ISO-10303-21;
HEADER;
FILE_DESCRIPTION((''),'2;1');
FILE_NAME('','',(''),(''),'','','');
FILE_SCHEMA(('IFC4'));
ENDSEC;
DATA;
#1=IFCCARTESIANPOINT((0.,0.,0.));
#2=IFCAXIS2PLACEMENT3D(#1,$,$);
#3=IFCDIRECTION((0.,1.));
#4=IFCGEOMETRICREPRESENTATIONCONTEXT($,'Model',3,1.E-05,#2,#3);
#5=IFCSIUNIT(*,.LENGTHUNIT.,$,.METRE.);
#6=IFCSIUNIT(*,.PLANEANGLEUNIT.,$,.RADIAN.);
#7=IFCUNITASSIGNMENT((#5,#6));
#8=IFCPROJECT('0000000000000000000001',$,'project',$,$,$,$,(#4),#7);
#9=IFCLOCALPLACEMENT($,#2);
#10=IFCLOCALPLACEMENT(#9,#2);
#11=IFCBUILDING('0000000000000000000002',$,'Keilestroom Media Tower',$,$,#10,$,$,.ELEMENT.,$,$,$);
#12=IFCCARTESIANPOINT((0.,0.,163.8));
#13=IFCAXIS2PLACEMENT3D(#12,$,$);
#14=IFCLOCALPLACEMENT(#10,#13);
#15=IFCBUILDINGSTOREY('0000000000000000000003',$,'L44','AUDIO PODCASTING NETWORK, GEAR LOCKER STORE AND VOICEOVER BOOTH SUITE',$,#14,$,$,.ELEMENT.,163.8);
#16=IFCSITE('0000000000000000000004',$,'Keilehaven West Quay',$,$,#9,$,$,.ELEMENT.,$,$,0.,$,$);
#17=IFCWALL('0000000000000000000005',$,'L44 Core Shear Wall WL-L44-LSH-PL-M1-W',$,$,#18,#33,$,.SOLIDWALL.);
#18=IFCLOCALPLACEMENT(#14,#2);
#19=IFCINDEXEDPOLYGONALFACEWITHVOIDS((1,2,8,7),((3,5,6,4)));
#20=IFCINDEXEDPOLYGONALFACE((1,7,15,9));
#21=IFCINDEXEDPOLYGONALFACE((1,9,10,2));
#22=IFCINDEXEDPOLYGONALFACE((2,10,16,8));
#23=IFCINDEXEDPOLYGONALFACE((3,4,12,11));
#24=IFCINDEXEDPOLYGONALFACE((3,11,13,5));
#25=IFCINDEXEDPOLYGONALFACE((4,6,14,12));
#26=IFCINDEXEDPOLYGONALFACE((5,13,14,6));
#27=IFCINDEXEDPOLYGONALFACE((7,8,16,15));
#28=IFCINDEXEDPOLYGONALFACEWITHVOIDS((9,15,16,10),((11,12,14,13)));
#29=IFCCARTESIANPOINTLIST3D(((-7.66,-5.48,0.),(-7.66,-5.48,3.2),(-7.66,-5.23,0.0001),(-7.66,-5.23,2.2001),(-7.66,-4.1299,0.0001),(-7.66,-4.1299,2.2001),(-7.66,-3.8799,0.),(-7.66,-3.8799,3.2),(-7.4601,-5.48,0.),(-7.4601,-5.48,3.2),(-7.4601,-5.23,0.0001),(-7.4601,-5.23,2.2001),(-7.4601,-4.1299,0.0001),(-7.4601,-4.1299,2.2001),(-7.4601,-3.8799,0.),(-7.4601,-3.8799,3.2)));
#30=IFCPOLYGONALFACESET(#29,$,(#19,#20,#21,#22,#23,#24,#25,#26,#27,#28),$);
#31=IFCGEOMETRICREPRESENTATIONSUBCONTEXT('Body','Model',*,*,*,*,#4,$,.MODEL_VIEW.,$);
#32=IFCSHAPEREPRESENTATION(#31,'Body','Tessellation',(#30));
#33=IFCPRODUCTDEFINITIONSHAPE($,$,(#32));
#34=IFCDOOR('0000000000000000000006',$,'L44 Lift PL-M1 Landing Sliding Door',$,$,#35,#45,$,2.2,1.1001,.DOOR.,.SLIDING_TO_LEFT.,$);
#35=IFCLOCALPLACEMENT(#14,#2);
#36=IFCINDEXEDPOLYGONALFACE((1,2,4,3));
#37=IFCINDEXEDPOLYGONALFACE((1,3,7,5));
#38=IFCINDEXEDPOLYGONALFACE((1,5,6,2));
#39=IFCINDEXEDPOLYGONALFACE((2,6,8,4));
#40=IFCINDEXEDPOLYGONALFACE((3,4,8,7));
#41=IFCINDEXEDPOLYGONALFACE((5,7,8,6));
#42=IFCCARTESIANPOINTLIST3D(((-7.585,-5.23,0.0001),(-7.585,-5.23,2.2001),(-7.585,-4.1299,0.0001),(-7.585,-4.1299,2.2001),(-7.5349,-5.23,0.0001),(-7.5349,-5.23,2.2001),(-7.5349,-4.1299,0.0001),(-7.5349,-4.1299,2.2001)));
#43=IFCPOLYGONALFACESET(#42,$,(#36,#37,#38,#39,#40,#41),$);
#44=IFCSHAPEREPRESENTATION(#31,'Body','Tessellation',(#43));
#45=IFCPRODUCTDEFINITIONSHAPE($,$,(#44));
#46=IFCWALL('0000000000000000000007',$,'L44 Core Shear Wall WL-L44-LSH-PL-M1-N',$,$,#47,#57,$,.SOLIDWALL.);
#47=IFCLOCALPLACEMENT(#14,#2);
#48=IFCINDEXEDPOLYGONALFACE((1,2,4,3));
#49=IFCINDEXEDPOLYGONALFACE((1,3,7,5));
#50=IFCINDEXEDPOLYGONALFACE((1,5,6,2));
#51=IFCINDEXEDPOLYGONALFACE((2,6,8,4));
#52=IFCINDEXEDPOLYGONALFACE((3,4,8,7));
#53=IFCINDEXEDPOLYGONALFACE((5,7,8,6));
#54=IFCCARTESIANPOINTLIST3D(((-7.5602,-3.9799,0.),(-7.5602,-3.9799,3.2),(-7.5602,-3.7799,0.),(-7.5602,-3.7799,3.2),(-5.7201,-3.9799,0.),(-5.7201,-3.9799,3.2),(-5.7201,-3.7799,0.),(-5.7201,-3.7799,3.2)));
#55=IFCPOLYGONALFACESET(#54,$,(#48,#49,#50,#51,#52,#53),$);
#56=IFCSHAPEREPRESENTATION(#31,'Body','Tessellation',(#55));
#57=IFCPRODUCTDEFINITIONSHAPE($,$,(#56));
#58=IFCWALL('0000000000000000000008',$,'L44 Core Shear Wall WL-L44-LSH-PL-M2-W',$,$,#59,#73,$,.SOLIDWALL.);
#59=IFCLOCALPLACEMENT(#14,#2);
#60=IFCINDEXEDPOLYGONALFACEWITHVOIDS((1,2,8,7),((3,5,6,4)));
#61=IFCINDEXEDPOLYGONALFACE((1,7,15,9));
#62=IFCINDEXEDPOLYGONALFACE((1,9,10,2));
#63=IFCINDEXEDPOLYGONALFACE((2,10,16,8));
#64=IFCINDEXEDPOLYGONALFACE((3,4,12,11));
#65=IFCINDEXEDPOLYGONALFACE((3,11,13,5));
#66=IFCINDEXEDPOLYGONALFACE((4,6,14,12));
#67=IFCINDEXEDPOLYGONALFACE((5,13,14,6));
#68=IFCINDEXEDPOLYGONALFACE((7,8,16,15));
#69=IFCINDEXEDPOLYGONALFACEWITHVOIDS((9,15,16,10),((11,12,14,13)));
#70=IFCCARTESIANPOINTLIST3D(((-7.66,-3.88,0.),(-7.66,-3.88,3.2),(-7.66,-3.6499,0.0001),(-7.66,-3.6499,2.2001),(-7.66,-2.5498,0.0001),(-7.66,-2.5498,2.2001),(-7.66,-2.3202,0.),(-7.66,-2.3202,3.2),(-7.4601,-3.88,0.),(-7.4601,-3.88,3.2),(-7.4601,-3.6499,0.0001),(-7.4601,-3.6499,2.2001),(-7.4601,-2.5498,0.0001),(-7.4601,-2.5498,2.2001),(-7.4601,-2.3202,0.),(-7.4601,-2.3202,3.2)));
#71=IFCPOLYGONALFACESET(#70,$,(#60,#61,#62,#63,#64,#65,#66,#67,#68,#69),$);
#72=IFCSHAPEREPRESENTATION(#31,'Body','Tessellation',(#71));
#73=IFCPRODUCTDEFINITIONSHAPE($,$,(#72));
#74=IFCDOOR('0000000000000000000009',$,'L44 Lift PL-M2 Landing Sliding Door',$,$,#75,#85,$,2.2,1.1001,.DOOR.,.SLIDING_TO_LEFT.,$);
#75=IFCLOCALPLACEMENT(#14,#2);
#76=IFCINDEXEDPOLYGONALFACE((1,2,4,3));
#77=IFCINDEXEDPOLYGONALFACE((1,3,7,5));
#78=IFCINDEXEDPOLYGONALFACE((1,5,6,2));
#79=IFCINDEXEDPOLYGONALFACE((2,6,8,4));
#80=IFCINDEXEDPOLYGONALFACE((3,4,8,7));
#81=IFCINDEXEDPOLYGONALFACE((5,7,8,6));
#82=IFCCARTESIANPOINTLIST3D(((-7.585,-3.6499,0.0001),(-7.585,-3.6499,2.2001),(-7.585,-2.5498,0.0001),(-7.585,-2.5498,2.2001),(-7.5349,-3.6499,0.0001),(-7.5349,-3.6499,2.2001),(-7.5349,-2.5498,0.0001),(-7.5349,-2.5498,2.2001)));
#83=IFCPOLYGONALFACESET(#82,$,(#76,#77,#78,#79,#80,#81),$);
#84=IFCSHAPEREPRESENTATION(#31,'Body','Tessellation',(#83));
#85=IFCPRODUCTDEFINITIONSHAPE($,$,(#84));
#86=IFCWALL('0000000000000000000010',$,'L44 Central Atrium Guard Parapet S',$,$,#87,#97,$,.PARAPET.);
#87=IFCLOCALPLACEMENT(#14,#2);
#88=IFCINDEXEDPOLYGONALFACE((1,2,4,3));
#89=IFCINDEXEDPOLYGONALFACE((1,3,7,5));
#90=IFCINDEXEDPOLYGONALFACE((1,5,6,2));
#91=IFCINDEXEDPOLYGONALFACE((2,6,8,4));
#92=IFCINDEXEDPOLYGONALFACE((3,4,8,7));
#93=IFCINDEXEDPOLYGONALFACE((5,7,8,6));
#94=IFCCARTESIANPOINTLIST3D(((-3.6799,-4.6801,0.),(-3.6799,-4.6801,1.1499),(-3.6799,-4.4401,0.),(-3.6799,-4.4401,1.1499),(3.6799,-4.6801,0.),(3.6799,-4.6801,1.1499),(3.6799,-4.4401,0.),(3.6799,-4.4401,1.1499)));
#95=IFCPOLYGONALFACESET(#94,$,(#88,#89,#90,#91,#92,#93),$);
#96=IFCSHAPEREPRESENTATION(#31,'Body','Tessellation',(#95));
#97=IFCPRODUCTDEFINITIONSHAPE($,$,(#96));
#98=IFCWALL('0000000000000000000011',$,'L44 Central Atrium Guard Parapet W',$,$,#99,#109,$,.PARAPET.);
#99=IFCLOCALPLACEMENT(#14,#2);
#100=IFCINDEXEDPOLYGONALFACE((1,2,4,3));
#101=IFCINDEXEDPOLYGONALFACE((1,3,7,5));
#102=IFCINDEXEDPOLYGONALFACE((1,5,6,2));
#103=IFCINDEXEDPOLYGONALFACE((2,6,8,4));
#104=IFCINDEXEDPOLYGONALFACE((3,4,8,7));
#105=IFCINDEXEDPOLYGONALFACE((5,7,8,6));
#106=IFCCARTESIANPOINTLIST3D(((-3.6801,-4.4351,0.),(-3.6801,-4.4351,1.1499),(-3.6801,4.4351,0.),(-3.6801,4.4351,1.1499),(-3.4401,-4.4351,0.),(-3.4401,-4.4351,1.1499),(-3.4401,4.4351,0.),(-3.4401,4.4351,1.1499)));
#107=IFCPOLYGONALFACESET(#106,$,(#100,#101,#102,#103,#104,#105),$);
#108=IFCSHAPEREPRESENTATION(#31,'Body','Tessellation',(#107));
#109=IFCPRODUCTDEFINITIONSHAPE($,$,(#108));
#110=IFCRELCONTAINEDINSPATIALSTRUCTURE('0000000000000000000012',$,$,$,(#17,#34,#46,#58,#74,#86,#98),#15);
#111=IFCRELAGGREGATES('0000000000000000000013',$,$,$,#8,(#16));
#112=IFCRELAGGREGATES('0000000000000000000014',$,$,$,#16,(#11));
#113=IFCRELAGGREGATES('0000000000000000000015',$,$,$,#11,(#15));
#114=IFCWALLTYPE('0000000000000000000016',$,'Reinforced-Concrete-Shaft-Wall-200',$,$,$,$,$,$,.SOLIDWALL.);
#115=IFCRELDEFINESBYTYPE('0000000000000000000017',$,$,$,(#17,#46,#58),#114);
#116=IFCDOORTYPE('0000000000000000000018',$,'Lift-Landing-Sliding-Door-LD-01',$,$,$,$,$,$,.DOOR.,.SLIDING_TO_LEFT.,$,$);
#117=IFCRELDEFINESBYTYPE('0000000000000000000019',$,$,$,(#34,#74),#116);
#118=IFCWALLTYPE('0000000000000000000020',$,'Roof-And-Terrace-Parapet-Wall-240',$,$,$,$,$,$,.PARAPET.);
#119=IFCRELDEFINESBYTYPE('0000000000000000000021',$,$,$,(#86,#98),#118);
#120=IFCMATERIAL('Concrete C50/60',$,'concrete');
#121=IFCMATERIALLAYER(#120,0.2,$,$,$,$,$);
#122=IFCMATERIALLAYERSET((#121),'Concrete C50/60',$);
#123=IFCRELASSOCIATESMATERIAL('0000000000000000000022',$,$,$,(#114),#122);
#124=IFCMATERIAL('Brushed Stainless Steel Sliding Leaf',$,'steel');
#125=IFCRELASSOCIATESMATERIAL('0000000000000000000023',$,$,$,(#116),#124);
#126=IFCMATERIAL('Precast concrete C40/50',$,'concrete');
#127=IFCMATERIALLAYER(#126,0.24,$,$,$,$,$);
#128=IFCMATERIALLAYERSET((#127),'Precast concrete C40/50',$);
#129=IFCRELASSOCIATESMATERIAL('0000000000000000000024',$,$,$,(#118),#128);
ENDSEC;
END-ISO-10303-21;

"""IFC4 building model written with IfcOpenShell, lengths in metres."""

from ifc_helpers import new_model, si_unit, direction, frame, frame_2d, origin, place, context, subcontext, project, spatial, rectangle, extrude, source, transform, mapped, material, layer, layer_set, type_object, element, fill, save


model = new_model("IFC4")

# Units and contexts
model_context = context("Model", 3, precision=1e-05, world=origin(), true_north=direction((0.0, 1.0)))
body_context = subcontext(model_context, "Body", "Model", "MODEL_VIEW")
ifc_project = project(units=[si_unit("LENGTHUNIT", "METRE"), si_unit("PLANEANGLEUNIT", "RADIAN")], contexts=[model_context])

# Site, building, storey
site_placement = place(None, origin())
site = spatial("IfcSite", under=ifc_project, at=site_placement, Name="Keilehaven West Quay", CompositionType="ELEMENT", RefElevation=0.0)
building_placement = place(site_placement, origin())
building = spatial("IfcBuilding", under=site, at=building_placement, Name="Keilestroom Media Tower", CompositionType="ELEMENT")
storey_placement = place(building_placement, frame((0.0, 0.0, 163.8)))
storey = spatial("IfcBuildingStorey", under=building, at=storey_placement, Name="L44", Description="AUDIO PODCASTING NETWORK, GEAR LOCKER STORE AND VOICEOVER BOOTH SUITE", CompositionType="ELEMENT", Elevation=163.8)

# Shared definitions
ifc_material_1 = material(Name="Concrete C50/60", Category="concrete")
ifc_layer_1 = layer(ifc_material_1, 0.2)
ifc_layer_set_1 = layer_set([ifc_layer_1], Name="Concrete C50/60")
wall_type_1 = type_object("IfcWallType", Name="Reinforced-Concrete-Shaft-Wall-200", PredefinedType="SOLIDWALL", material=ifc_layer_set_1)

# Shared definitions
ifc_material_2 = material(Name="Brushed Stainless Steel Sliding Leaf", Category="steel")

# Wall, opening, door
wall_1_placement = place(storey_placement, frame((-7.5601, -5.48, 0.0), z_axis=(0.0, 0.0, 1.0), x_axis=(0.0, 1.0, 0.0)))
wall_1 = element("IfcWall", 1, at=wall_1_placement, inside=storey, type_object=wall_type_1, Name="L44 Core Shear Wall WL-L44-LSH-PL-M1-W", PredefinedType="SOLIDWALL", context=body_context, shape_type="SweptSolid", body=[
    extrude(rectangle(XDim=1.6001, YDim=0.2, at=frame_2d((0.8, 0.0))), origin(), (0.0, 0.0, 1.0), 3.2),
])
opening_1_placement = place(wall_1_placement, frame((0.25, 0.0, 0.0)))
opening_1 = element("IfcOpeningElement", 2, at=opening_1_placement, cuts=wall_1, PredefinedType="OPENING", context=body_context, shape_type="SweptSolid", body=[
    extrude(rectangle(XDim=1.1001, YDim=2.2, at=frame_2d((0.55, 1.1001))), frame((0.0, 0.1099, 0.0), z_axis=(0.0, -1.0, 0.0), x_axis=(1.0, 0.0, 0.0)), (0.0, 0.0, 1.0), 0.22),
])
door_type_1 = type_object("IfcDoorType", Name="Lift-Landing-Sliding-Door-LD-01", OperationType="SLIDING_TO_LEFT", PredefinedType="DOOR", material=ifc_material_2)
shared_shape_1 = source(origin(), body_context, "Body", "SweptSolid", [
    extrude(rectangle(XDim=1.1001, YDim=2.2, at=frame_2d((0.55, 1.1001))), frame((0.0, 0.0249, 0.0), z_axis=(0.0, -1.0, 0.0), x_axis=(1.0, 0.0, 0.0)), (0.0, 0.0, 1.0), 0.05),
])
door_1_placement = place(opening_1_placement, origin())
door_1 = element("IfcDoor", 3, at=door_1_placement, inside=storey, type_object=door_type_1, Name="L44 Lift PL-M1 Landing Sliding Door", OperationType="SLIDING_TO_LEFT", OverallHeight=2.2, OverallWidth=1.1001, PredefinedType="DOOR", context=body_context, shape_type="MappedRepresentation", body=[
    mapped(shared_shape_1, transform((0.0, 0.0, 0.0), x_axis=(1.0, 0.0, 0.0), y_axis=(0.0, 1.0, 0.0), z_axis=(0.0, 0.0, 1.0), scale=1.0)),
])
fill(opening_1, door_1)

# Wall
wall_2_placement = place(storey_placement, frame((-7.5601, -3.8799, 0.0), z_axis=(0.0, 0.0, 1.0), x_axis=(1.0, 0.0, 0.0)))
element("IfcWall", 4, at=wall_2_placement, inside=storey, type_object=wall_type_1, Name="L44 Core Shear Wall WL-L44-LSH-PL-M1-N", PredefinedType="SOLIDWALL", context=body_context, shape_type="SweptSolid", body=[
    extrude(rectangle(XDim=1.8401, YDim=0.2, at=frame_2d((0.9199, 0.0))), origin(), (0.0, 0.0, 1.0), 3.2),
])

# Wall, opening, door
wall_3_placement = place(storey_placement, frame((-7.5601, -3.8799, 0.0), z_axis=(0.0, 0.0, 1.0), x_axis=(0.0, 1.0, 0.0)))
wall_3 = element("IfcWall", 5, at=wall_3_placement, inside=storey, type_object=wall_type_1, Name="L44 Core Shear Wall WL-L44-LSH-PL-M2-W", PredefinedType="SOLIDWALL", context=body_context, shape_type="SweptSolid", body=[
    extrude(rectangle(XDim=1.5598, YDim=0.2, at=frame_2d((0.7798, 0.0))), origin(), (0.0, 0.0, 1.0), 3.2),
])
opening_2_placement = place(wall_3_placement, frame((0.23, 0.0, 0.0)))
opening_2 = element("IfcOpeningElement", 6, at=opening_2_placement, cuts=wall_3, PredefinedType="OPENING", context=body_context, shape_type="SweptSolid", body=[
    extrude(rectangle(XDim=1.1001, YDim=2.2, at=frame_2d((0.55, 1.1001))), frame((0.0, 0.1099, 0.0), z_axis=(0.0, -1.0, 0.0), x_axis=(1.0, 0.0, 0.0)), (0.0, 0.0, 1.0), 0.22),
])
door_2_placement = place(opening_2_placement, origin())
door_2 = element("IfcDoor", 7, at=door_2_placement, inside=storey, type_object=door_type_1, Name="L44 Lift PL-M2 Landing Sliding Door", OperationType="SLIDING_TO_LEFT", OverallHeight=2.2, OverallWidth=1.1001, PredefinedType="DOOR", context=body_context, shape_type="MappedRepresentation", body=[
    mapped(shared_shape_1, transform((0.0, 0.0, 0.0), x_axis=(1.0, 0.0, 0.0), y_axis=(0.0, 1.0, 0.0), z_axis=(0.0, 0.0, 1.0), scale=1.0)),
])
fill(opening_2, door_2)

# Walls
ifc_material_3 = material(Name="Precast concrete C40/50", Category="concrete")
ifc_layer_2 = layer(ifc_material_3, 0.24)
ifc_layer_set_2 = layer_set([ifc_layer_2], Name="Precast concrete C40/50")
wall_type_2 = type_object("IfcWallType", Name="Roof-And-Terrace-Parapet-Wall-240", PredefinedType="PARAPET", material=ifc_layer_set_2)
wall_4_placement = place(storey_placement, frame((-3.6799, -4.5601, 0.0), z_axis=(0.0, 0.0, 1.0), x_axis=(1.0, 0.0, 0.0)))
element("IfcWall", 8, at=wall_4_placement, inside=storey, type_object=wall_type_2, Name="L44 Central Atrium Guard Parapet S", PredefinedType="PARAPET", context=body_context, shape_type="SweptSolid", body=[
    extrude(rectangle(XDim=7.3599, YDim=0.24, at=frame_2d((3.6799, 0.0))), origin(), (0.0, 0.0, 1.0), 1.1499),
])
wall_5_placement = place(storey_placement, frame((-3.5601, -4.4351, 0.0), z_axis=(0.0, 0.0, 1.0), x_axis=(0.0, 1.0, 0.0)))
element("IfcWall", 9, at=wall_5_placement, inside=storey, type_object=wall_type_2, Name="L44 Central Atrium Guard Parapet W", PredefinedType="PARAPET", context=body_context, shape_type="SweptSolid", body=[
    extrude(rectangle(XDim=8.8701, YDim=0.24, at=frame_2d((4.4351, 0.0))), origin(), (0.0, 0.0, 1.0), 1.1499),
])

save(model, "model.ifc")
